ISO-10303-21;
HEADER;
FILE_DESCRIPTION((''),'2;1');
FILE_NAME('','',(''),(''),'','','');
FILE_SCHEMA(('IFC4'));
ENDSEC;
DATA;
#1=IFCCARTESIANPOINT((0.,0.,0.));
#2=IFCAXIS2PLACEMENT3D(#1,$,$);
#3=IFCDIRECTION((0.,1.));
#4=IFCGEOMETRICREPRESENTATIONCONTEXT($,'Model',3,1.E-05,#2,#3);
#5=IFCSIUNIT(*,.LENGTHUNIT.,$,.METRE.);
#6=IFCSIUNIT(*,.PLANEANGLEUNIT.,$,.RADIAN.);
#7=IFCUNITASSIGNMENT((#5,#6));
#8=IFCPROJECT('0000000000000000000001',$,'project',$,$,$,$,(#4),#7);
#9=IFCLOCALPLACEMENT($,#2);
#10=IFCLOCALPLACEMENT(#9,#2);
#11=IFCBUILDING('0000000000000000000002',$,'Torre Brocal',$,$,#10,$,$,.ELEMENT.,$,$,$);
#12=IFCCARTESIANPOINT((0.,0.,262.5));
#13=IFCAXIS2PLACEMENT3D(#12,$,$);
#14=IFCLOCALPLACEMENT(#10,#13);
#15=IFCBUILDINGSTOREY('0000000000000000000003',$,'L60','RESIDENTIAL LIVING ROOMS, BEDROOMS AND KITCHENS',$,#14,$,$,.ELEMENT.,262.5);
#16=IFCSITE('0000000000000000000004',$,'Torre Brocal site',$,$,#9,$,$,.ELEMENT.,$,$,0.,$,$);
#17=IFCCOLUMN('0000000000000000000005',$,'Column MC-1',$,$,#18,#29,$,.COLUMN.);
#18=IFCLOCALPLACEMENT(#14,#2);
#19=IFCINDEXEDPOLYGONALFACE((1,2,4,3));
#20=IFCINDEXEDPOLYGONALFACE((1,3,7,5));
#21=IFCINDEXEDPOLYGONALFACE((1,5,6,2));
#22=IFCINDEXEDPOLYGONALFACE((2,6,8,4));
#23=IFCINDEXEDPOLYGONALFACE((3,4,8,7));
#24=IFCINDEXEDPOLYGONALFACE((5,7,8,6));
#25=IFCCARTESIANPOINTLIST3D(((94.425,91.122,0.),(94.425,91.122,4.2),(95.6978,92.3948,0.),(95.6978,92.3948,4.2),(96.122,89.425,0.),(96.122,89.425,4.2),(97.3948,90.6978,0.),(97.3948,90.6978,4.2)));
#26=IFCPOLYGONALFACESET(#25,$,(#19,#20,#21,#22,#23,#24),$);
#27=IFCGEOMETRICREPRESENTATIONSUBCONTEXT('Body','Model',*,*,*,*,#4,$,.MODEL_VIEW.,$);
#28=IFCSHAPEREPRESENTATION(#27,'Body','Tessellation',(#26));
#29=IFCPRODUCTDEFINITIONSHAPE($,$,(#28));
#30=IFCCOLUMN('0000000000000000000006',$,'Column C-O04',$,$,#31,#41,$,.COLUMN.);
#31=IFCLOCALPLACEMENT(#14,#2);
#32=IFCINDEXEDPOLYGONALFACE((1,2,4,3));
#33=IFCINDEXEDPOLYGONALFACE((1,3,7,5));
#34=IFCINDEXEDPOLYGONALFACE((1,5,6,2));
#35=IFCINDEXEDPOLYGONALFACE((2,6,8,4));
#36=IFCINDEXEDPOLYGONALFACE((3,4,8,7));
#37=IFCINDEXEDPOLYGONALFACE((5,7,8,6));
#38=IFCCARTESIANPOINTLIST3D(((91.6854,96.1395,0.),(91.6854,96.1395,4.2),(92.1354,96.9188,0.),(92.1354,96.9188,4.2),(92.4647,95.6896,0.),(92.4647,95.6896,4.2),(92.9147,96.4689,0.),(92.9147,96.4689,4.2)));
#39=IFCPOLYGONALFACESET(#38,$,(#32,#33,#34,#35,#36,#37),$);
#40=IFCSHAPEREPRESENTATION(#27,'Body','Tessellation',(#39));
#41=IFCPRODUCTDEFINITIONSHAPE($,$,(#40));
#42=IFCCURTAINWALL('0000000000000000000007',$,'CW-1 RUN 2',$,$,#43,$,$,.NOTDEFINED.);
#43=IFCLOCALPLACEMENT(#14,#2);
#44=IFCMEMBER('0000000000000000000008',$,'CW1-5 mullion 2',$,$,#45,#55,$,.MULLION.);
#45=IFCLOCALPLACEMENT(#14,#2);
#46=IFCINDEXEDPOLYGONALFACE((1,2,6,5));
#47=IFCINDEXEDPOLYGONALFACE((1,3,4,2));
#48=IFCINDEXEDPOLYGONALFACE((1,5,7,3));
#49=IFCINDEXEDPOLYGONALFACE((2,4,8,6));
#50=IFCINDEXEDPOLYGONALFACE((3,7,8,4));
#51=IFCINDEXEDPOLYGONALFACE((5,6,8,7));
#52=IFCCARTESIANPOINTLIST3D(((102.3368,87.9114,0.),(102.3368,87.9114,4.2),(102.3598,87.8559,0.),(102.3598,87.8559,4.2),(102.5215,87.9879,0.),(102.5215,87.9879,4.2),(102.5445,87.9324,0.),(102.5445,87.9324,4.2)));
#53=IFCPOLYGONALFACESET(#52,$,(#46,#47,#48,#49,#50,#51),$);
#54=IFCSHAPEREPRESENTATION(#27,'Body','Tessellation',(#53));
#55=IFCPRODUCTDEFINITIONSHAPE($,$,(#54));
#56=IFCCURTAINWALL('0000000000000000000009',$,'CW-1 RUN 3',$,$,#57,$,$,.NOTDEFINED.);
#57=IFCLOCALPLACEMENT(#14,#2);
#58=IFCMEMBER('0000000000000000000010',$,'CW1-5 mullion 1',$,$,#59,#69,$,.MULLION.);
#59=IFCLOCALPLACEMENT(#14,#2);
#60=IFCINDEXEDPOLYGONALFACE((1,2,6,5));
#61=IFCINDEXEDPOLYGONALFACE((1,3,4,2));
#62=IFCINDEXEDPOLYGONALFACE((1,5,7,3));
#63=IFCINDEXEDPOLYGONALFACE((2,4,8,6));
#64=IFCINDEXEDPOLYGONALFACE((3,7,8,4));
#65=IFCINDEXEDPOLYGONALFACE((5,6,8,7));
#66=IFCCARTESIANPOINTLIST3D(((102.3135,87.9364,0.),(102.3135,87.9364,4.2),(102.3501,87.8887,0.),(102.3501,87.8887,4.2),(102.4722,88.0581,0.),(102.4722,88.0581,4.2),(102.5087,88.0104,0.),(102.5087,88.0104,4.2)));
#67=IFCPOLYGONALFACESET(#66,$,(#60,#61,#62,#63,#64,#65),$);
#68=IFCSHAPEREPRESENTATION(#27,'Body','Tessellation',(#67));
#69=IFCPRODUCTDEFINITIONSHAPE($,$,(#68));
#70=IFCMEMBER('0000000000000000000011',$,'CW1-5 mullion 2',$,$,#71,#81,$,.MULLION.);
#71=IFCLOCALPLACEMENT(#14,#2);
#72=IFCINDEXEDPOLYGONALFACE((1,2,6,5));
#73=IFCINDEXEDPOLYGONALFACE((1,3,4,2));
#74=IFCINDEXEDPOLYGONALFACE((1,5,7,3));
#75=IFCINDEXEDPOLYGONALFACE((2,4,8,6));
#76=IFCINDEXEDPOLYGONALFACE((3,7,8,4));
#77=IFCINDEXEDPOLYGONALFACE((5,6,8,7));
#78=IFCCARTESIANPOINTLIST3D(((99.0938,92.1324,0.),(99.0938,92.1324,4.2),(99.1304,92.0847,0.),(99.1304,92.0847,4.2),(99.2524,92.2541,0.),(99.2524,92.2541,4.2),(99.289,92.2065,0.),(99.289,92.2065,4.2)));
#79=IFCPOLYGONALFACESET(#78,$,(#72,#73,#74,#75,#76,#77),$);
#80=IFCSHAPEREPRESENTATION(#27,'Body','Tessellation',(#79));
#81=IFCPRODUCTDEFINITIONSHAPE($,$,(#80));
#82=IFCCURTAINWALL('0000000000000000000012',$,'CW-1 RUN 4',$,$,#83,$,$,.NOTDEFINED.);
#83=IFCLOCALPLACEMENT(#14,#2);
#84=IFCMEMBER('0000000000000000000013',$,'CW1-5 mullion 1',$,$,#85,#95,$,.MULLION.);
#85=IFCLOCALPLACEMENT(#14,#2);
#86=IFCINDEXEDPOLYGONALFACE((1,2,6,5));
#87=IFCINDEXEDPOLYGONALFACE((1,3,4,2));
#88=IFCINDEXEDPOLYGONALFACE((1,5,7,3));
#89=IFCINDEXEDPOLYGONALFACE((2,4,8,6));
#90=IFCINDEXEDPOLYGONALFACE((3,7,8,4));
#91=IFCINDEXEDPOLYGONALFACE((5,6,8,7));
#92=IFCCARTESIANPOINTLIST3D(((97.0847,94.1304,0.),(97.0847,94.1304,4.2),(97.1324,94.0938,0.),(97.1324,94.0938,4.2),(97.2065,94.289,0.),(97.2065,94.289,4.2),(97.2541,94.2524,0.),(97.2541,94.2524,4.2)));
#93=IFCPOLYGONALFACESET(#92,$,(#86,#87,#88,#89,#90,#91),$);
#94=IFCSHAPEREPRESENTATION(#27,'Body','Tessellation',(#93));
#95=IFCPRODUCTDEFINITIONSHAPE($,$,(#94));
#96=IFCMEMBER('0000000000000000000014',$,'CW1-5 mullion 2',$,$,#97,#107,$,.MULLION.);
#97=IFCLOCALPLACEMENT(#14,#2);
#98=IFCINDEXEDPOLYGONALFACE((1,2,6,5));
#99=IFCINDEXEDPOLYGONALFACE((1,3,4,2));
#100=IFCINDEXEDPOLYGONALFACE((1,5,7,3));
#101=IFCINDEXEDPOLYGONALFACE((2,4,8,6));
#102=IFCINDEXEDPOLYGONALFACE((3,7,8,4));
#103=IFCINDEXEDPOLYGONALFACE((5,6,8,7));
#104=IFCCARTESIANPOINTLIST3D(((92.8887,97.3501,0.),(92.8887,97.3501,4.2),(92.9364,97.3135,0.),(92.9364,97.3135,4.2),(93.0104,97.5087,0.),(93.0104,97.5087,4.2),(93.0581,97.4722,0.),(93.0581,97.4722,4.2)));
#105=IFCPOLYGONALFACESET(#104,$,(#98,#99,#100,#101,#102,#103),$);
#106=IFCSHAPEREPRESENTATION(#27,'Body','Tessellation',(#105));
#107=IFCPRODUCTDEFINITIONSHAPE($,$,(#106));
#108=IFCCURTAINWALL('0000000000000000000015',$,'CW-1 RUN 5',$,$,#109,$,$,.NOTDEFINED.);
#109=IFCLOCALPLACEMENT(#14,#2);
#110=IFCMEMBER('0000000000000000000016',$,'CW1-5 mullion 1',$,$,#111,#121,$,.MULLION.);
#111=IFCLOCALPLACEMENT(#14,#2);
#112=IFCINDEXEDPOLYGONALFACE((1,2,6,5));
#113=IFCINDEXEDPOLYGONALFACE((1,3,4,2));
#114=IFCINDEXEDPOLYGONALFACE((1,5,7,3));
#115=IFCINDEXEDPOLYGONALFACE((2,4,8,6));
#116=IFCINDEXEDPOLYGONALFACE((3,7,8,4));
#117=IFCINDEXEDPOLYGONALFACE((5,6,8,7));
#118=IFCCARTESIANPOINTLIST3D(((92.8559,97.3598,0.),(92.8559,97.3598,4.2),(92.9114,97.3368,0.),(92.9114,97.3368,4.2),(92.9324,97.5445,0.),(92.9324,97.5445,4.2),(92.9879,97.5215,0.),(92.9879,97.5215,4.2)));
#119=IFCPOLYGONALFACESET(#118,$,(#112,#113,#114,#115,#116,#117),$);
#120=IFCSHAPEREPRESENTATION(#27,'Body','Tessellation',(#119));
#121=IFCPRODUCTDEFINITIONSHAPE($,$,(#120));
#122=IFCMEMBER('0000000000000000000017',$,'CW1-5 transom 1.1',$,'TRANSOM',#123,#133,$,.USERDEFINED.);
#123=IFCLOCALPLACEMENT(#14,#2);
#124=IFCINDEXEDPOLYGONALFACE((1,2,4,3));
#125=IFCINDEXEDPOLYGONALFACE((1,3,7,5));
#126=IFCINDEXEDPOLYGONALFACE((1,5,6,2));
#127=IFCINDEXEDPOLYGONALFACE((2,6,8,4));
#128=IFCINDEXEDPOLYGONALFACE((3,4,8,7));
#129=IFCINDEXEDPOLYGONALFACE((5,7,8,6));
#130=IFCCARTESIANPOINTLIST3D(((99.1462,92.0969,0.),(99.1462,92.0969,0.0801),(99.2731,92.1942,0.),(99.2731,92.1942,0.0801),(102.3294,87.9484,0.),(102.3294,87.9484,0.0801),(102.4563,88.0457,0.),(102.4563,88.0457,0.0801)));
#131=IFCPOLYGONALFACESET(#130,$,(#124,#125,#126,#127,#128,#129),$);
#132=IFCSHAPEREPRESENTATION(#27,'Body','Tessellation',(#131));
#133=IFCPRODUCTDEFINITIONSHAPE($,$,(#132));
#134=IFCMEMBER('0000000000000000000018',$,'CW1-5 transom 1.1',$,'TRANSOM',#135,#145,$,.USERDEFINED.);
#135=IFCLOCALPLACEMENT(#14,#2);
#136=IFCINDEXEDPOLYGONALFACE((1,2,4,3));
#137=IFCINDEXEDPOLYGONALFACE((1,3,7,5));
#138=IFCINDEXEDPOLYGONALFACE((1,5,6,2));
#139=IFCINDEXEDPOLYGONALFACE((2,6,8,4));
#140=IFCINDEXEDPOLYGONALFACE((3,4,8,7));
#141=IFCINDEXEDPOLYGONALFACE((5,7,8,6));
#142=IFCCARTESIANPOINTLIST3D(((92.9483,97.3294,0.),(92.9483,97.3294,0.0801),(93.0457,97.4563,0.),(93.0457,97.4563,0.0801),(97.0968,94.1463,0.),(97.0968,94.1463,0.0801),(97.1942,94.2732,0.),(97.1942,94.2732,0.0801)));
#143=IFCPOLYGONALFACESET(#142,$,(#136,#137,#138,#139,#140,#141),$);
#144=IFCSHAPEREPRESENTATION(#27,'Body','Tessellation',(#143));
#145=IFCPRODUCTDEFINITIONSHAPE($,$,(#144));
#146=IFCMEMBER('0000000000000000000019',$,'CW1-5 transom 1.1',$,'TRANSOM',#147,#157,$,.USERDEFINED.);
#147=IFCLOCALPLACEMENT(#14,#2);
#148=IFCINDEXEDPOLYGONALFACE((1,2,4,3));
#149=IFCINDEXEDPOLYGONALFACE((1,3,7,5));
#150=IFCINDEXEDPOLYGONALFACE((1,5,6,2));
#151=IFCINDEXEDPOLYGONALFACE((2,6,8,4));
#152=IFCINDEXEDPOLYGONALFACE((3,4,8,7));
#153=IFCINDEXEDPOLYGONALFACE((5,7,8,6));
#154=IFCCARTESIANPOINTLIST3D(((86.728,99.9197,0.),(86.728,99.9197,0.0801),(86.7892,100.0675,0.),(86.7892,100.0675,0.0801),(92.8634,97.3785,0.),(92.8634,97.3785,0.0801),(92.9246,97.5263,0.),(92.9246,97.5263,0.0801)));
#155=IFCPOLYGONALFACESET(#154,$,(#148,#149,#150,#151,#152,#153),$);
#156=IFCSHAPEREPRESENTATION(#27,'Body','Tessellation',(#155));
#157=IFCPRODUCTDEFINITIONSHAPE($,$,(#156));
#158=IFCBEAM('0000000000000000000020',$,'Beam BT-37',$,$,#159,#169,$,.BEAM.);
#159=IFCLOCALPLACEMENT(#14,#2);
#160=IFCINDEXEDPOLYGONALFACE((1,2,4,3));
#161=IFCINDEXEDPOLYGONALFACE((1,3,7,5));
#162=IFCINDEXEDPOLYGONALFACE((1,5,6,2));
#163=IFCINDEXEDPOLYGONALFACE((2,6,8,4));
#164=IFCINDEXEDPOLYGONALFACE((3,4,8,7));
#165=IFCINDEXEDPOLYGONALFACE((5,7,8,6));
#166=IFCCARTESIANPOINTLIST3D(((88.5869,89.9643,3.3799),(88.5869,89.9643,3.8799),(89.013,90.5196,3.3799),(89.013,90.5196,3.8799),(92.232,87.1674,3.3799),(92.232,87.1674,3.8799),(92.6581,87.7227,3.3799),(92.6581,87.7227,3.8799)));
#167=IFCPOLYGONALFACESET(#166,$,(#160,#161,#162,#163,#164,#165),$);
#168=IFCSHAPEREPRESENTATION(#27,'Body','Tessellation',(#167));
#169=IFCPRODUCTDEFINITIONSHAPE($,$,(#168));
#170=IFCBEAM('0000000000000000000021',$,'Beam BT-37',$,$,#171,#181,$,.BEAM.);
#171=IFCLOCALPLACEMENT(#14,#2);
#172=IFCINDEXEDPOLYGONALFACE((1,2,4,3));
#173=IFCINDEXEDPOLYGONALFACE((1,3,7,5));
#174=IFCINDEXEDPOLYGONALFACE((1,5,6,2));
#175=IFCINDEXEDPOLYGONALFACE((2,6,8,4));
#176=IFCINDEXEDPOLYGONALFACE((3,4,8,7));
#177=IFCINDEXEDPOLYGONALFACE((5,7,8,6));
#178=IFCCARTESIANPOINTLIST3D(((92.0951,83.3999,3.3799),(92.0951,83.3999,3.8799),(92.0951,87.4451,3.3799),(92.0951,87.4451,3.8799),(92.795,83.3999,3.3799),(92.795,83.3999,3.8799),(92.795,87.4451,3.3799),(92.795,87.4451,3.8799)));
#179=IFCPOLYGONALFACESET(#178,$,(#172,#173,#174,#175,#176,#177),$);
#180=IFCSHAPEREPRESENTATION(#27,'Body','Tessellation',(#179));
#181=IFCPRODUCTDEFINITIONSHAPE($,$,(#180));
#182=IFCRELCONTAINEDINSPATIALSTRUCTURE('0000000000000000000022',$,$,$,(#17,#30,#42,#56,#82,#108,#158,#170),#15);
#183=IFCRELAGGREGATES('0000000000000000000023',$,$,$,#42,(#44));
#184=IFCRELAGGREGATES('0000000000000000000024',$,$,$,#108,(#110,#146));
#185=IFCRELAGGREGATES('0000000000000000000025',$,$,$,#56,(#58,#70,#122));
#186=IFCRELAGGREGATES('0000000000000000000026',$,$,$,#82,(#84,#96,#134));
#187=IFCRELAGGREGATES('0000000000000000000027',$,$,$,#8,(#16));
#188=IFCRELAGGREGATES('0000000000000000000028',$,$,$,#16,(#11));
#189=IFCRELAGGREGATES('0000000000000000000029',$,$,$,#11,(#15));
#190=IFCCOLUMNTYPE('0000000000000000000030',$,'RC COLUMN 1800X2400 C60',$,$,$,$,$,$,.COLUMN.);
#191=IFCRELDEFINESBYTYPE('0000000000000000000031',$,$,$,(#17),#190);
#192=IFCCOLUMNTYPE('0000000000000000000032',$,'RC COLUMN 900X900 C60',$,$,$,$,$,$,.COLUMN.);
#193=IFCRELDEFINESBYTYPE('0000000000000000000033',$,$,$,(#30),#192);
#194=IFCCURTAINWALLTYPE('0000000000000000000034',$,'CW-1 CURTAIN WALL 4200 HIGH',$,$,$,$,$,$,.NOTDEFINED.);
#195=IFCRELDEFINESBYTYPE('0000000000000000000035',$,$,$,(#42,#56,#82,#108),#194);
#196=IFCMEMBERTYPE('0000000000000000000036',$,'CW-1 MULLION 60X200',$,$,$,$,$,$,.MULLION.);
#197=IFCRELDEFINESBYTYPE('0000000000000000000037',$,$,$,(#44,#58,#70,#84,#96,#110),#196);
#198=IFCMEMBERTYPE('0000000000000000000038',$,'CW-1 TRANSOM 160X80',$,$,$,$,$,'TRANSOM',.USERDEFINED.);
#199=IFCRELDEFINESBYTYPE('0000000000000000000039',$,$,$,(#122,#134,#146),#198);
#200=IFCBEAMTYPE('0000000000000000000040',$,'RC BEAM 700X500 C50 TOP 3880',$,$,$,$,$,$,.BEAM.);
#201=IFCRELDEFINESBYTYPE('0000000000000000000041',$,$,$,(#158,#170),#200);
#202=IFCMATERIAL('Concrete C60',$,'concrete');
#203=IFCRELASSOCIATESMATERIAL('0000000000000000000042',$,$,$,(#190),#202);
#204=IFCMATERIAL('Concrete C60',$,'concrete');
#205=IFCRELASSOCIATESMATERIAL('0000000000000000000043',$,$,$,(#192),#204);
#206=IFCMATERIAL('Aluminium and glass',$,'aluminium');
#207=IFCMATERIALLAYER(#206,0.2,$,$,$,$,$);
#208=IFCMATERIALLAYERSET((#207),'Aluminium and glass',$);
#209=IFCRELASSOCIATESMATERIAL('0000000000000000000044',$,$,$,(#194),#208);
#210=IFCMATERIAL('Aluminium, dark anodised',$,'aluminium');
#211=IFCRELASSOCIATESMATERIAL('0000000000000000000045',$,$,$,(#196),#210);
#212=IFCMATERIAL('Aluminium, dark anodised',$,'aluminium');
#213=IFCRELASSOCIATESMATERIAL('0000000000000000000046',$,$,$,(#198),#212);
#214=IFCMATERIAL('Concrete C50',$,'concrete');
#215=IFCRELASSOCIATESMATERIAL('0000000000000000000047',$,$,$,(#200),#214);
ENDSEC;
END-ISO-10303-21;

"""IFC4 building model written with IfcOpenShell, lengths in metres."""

from ifc_helpers import new_model, si_unit, direction, frame, origin, origin_2d, place, context, subcontext, project, spatial, rectangle, extrude, material, layer, layer_set, material_profile, profile_set, type_object, element, aggregate, save


model = new_model("IFC4")

# Units and contexts
model_context = context("Model", 3, precision=1e-05, world=origin(), true_north=direction((0.0, 1.0)))
body_context = subcontext(model_context, "Body", "Model", "MODEL_VIEW")
ifc_project = project(units=[si_unit("LENGTHUNIT", "METRE"), si_unit("PLANEANGLEUNIT", "RADIAN")], contexts=[model_context])

# Site, building, storey
site_placement = place(None, origin())
site = spatial("IfcSite", under=ifc_project, at=site_placement, Name="Torre Brocal site", CompositionType="ELEMENT", RefElevation=0.0)
building_placement = place(site_placement, origin())
building = spatial("IfcBuilding", under=site, at=building_placement, Name="Torre Brocal", CompositionType="ELEMENT")
storey_placement = place(building_placement, frame((0.0, 0.0, 262.5)))
storey = spatial("IfcBuildingStorey", under=building, at=storey_placement, Name="L60", Description="RESIDENTIAL LIVING ROOMS, BEDROOMS AND KITCHENS", CompositionType="ELEMENT", Elevation=262.5)

# Columns
ifc_material_1 = material(Name="Concrete C60", Category="concrete")
ifc_material_profile_1 = material_profile(ifc_material_1, rectangle(XDim=1.8, YDim=2.3999, at=origin_2d()), Name="RC 1800X2400")
ifc_profile_set_1 = profile_set([ifc_material_profile_1], Name="Concrete C60")
column_type_1 = type_object("IfcColumnType", Name="RC COLUMN 1800X2400 C60", PredefinedType="COLUMN", material=ifc_profile_set_1)
column_1_placement = place(storey_placement, frame((95.9099, 90.9099, 0.0), z_axis=(0.0, 0.0, 1.0), x_axis=(0.707107, 0.707107, 0.0)))
element("IfcColumn", 1, at=column_1_placement, inside=storey, type_object=column_type_1, Name="Column MC-1", PredefinedType="COLUMN", context=body_context, shape_type="SweptSolid", body=[
    extrude(rectangle(XDim=1.8, YDim=2.3999, at=origin_2d()), origin(), (0.0, 0.0, 1.0), 4.2),
])
ifc_material_2 = material(Name="Concrete C60", Category="concrete")
ifc_material_profile_2 = material_profile(ifc_material_2, rectangle(XDim=0.8999, YDim=0.8999, at=origin_2d()), Name="RC 900X900")
ifc_profile_set_2 = profile_set([ifc_material_profile_2], Name="Concrete C60")
column_type_2 = type_object("IfcColumnType", Name="RC COLUMN 900X900 C60", PredefinedType="COLUMN", material=ifc_profile_set_2)
column_2_placement = place(storey_placement, frame((92.3, 96.3042, 0.0), z_axis=(0.0, 0.0, 1.0), x_axis=(0.5, 0.866025, 0.0)))
element("IfcColumn", 2, at=column_2_placement, inside=storey, type_object=column_type_2, Name="Column C-O04", PredefinedType="COLUMN", context=body_context, shape_type="SweptSolid", body=[
    extrude(rectangle(XDim=0.8999, YDim=0.8999, at=origin_2d()), origin(), (0.0, 0.0, 1.0), 4.2),
])

# Curtain wall, member
ifc_material_3 = material(Name="Aluminium and glass", Category="aluminium")
ifc_layer_1 = layer(ifc_material_3, 0.2)
ifc_layer_set_1 = layer_set([ifc_layer_1], Name="Aluminium and glass")
curtain_wall_type = type_object("IfcCurtainWallType", Name="CW-1 CURTAIN WALL 4200 HIGH", PredefinedType="NOTDEFINED", material=ifc_layer_set_1)
curtain_wall_1_placement = place(storey_placement, origin())
curtain_wall_1 = element("IfcCurtainWall", 3, at=curtain_wall_1_placement, inside=storey, type_object=curtain_wall_type, Name="CW-1 RUN 2", PredefinedType="NOTDEFINED")
ifc_material_4 = material(Name="Aluminium, dark anodised", Category="aluminium")
ifc_material_profile_3 = material_profile(ifc_material_4, rectangle(XDim=0.2, YDim=0.0601, at=origin_2d()), Name="CW-1 MULLION 60X200")
ifc_profile_set_3 = profile_set([ifc_material_profile_3], Name="Aluminium, dark anodised")
member_type_1 = type_object("IfcMemberType", Name="CW-1 MULLION 60X200", PredefinedType="MULLION", material=ifc_profile_set_3)
member_1_placement = place(storey_placement, frame((102.4407, 87.9219, 0.0), z_axis=(0.0, 0.0, 1.0), x_axis=(-0.92388, -0.382683, 0.0)))
member_1 = element("IfcMember", 4, at=member_1_placement, type_object=member_type_1, Name="CW1-5 mullion 2", PredefinedType="MULLION", context=body_context, shape_type="SweptSolid", body=[
    extrude(rectangle(XDim=0.2, YDim=0.0601, at=origin_2d()), origin(), (0.0, 0.0, 1.0), 4.2),
])
aggregate(curtain_wall_1, [member_1])

# Curtain walls, members
curtain_wall_2_placement = place(storey_placement, origin())
curtain_wall_2 = element("IfcCurtainWall", 5, at=curtain_wall_2_placement, inside=storey, type_object=curtain_wall_type, Name="CW-1 RUN 3", PredefinedType="NOTDEFINED")
member_2_placement = place(storey_placement, frame((102.4111, 87.9734, 0.0), z_axis=(0.0, 0.0, 1.0), x_axis=(-0.793353, -0.608761, 0.0)))
member_2 = element("IfcMember", 6, at=member_2_placement, type_object=member_type_1, Name="CW1-5 mullion 1", PredefinedType="MULLION", context=body_context, shape_type="SweptSolid", body=[
    extrude(rectangle(XDim=0.2, YDim=0.0601, at=origin_2d()), origin(), (0.0, 0.0, 1.0), 4.2),
])
member_3_placement = place(storey_placement, frame((99.1914, 92.1694, 0.0), z_axis=(0.0, 0.0, 1.0), x_axis=(-0.793353, -0.608761, 0.0)))
member_3 = element("IfcMember", 7, at=member_3_placement, type_object=member_type_1, Name="CW1-5 mullion 2", PredefinedType="MULLION", context=body_context, shape_type="SweptSolid", body=[
    extrude(rectangle(XDim=0.2, YDim=0.0601, at=origin_2d()), origin(), (0.0, 0.0, 1.0), 4.2),
])
curtain_wall_3_placement = place(storey_placement, origin())
curtain_wall_3 = element("IfcCurtainWall", 8, at=curtain_wall_3_placement, inside=storey, type_object=curtain_wall_type, Name="CW-1 RUN 4", PredefinedType="NOTDEFINED")
member_4_placement = place(storey_placement, frame((97.1694, 94.1914, 0.0), z_axis=(0.0, 0.0, 1.0), x_axis=(-0.608761, -0.793353, 0.0)))
member_4 = element("IfcMember", 9, at=member_4_placement, type_object=member_type_1, Name="CW1-5 mullion 1", PredefinedType="MULLION", context=body_context, shape_type="SweptSolid", body=[
    extrude(rectangle(XDim=0.2, YDim=0.0601, at=origin_2d()), origin(), (0.0, 0.0, 1.0), 4.2),
])
member_5_placement = place(storey_placement, frame((92.9734, 97.4111, 0.0), z_axis=(0.0, 0.0, 1.0), x_axis=(-0.608761, -0.793353, 0.0)))
member_5 = element("IfcMember", 10, at=member_5_placement, type_object=member_type_1, Name="CW1-5 mullion 2", PredefinedType="MULLION", context=body_context, shape_type="SweptSolid", body=[
    extrude(rectangle(XDim=0.2, YDim=0.0601, at=origin_2d()), origin(), (0.0, 0.0, 1.0), 4.2),
])

# Curtain wall, member
curtain_wall_4_placement = place(storey_placement, origin())
curtain_wall_4 = element("IfcCurtainWall", 11, at=curtain_wall_4_placement, inside=storey, type_object=curtain_wall_type, Name="CW-1 RUN 5", PredefinedType="NOTDEFINED")
member_6_placement = place(storey_placement, frame((92.9219, 97.4407, 0.0), z_axis=(0.0, 0.0, 1.0), x_axis=(-0.382683, -0.92388, 0.0)))
member_6 = element("IfcMember", 12, at=member_6_placement, type_object=member_type_1, Name="CW1-5 mullion 1", PredefinedType="MULLION", context=body_context, shape_type="SweptSolid", body=[
    extrude(rectangle(XDim=0.2, YDim=0.0601, at=origin_2d()), origin(), (0.0, 0.0, 1.0), 4.2),
])

# Members
ifc_material_5 = material(Name="Aluminium, dark anodised", Category="aluminium")
ifc_material_profile_4 = material_profile(ifc_material_5, rectangle(XDim=0.1599, YDim=0.0801, at=origin_2d()), Name="CW-1 TRANSOM 160X80")
ifc_profile_set_4 = profile_set([ifc_material_profile_4], Name="Aluminium, dark anodised")
member_type_2 = type_object("IfcMemberType", Name="CW-1 TRANSOM 160X80", ElementType="TRANSOM", PredefinedType="USERDEFINED", material=ifc_profile_set_4)
member_7_placement = place(storey_placement, frame((102.3928, 87.9971, 0.04), z_axis=(-0.608749, 0.793363, 0.0), x_axis=(-0.793363, -0.608749, 0.0)))
member_7 = element("IfcMember", 13, at=member_7_placement, type_object=member_type_2, Name="CW1-5 transom 1.1", ObjectType="TRANSOM", PredefinedType="USERDEFINED", context=body_context, shape_type="SweptSolid", body=[
    extrude(rectangle(XDim=0.1599, YDim=0.0801, at=origin_2d()), origin(), (0.0, 0.0, 1.0), 5.229),
])
member_8_placement = place(storey_placement, frame((97.1455, 94.2097, 0.04), z_axis=(-0.793363, 0.608749, 0.0), x_axis=(-0.608749, -0.793363, 0.0)))
member_8 = element("IfcMember", 14, at=member_8_placement, type_object=member_type_2, Name="CW1-5 transom 1.1", ObjectType="TRANSOM", PredefinedType="USERDEFINED", context=body_context, shape_type="SweptSolid", body=[
    extrude(rectangle(XDim=0.1599, YDim=0.0801, at=origin_2d()), origin(), (0.0, 0.0, 1.0), 5.229),
])
member_9_placement = place(storey_placement, frame((92.894, 97.4524, 0.04), z_axis=(-0.923887, 0.382665, 0.0), x_axis=(-0.382665, -0.923887, 0.0)))
member_9 = element("IfcMember", 15, at=member_9_placement, type_object=member_type_2, Name="CW1-5 transom 1.1", ObjectType="TRANSOM", PredefinedType="USERDEFINED", context=body_context, shape_type="SweptSolid", body=[
    extrude(rectangle(XDim=0.1599, YDim=0.0801, at=origin_2d()), origin(), (0.0, 0.0, 1.0), 6.6409),
])
aggregate(curtain_wall_4, [member_6, member_9])

# Beams
ifc_material_6 = material(Name="Concrete C50", Category="concrete")
ifc_material_profile_5 = material_profile(ifc_material_6, rectangle(XDim=0.7, YDim=0.5, at=origin_2d()), Name="RC 700X500")
ifc_profile_set_5 = profile_set([ifc_material_profile_5], Name="Concrete C50")
beam_type_1 = type_object("IfcBeamType", Name="RC BEAM 700X500 C50 TOP 3880", PredefinedType="BEAM", material=ifc_profile_set_5)
beam_1_placement = place(storey_placement, frame((92.4451, 87.4451, 3.6299), z_axis=(-0.793358, 0.608755, 0.0), x_axis=(-0.608755, -0.793358, 0.0)))
element("IfcBeam", 16, at=beam_1_placement, inside=storey, type_object=beam_type_1, Name="Beam BT-37", PredefinedType="BEAM", context=body_context, shape_type="SweptSolid", body=[
    extrude(rectangle(XDim=0.7, YDim=0.5, at=origin_2d()), origin(), (0.0, 0.0, 1.0), 4.5945),
])
beam_2_placement = place(storey_placement, frame((92.4451, 87.4451, 3.6299), z_axis=(0.0, -1.0, 0.0), x_axis=(1.0, 0.0, 0.0)))
element("IfcBeam", 17, at=beam_2_placement, inside=storey, type_object=beam_type_1, Name="Beam BT-37", PredefinedType="BEAM", context=body_context, shape_type="SweptSolid", body=[
    extrude(rectangle(XDim=0.7, YDim=0.5, at=origin_2d()), origin(), (0.0, 0.0, 1.0), 4.0452),
])

aggregate(curtain_wall_2, [member_2, member_3, member_7])
aggregate(curtain_wall_3, [member_4, member_5, member_8])

save(model, "model.ifc")
